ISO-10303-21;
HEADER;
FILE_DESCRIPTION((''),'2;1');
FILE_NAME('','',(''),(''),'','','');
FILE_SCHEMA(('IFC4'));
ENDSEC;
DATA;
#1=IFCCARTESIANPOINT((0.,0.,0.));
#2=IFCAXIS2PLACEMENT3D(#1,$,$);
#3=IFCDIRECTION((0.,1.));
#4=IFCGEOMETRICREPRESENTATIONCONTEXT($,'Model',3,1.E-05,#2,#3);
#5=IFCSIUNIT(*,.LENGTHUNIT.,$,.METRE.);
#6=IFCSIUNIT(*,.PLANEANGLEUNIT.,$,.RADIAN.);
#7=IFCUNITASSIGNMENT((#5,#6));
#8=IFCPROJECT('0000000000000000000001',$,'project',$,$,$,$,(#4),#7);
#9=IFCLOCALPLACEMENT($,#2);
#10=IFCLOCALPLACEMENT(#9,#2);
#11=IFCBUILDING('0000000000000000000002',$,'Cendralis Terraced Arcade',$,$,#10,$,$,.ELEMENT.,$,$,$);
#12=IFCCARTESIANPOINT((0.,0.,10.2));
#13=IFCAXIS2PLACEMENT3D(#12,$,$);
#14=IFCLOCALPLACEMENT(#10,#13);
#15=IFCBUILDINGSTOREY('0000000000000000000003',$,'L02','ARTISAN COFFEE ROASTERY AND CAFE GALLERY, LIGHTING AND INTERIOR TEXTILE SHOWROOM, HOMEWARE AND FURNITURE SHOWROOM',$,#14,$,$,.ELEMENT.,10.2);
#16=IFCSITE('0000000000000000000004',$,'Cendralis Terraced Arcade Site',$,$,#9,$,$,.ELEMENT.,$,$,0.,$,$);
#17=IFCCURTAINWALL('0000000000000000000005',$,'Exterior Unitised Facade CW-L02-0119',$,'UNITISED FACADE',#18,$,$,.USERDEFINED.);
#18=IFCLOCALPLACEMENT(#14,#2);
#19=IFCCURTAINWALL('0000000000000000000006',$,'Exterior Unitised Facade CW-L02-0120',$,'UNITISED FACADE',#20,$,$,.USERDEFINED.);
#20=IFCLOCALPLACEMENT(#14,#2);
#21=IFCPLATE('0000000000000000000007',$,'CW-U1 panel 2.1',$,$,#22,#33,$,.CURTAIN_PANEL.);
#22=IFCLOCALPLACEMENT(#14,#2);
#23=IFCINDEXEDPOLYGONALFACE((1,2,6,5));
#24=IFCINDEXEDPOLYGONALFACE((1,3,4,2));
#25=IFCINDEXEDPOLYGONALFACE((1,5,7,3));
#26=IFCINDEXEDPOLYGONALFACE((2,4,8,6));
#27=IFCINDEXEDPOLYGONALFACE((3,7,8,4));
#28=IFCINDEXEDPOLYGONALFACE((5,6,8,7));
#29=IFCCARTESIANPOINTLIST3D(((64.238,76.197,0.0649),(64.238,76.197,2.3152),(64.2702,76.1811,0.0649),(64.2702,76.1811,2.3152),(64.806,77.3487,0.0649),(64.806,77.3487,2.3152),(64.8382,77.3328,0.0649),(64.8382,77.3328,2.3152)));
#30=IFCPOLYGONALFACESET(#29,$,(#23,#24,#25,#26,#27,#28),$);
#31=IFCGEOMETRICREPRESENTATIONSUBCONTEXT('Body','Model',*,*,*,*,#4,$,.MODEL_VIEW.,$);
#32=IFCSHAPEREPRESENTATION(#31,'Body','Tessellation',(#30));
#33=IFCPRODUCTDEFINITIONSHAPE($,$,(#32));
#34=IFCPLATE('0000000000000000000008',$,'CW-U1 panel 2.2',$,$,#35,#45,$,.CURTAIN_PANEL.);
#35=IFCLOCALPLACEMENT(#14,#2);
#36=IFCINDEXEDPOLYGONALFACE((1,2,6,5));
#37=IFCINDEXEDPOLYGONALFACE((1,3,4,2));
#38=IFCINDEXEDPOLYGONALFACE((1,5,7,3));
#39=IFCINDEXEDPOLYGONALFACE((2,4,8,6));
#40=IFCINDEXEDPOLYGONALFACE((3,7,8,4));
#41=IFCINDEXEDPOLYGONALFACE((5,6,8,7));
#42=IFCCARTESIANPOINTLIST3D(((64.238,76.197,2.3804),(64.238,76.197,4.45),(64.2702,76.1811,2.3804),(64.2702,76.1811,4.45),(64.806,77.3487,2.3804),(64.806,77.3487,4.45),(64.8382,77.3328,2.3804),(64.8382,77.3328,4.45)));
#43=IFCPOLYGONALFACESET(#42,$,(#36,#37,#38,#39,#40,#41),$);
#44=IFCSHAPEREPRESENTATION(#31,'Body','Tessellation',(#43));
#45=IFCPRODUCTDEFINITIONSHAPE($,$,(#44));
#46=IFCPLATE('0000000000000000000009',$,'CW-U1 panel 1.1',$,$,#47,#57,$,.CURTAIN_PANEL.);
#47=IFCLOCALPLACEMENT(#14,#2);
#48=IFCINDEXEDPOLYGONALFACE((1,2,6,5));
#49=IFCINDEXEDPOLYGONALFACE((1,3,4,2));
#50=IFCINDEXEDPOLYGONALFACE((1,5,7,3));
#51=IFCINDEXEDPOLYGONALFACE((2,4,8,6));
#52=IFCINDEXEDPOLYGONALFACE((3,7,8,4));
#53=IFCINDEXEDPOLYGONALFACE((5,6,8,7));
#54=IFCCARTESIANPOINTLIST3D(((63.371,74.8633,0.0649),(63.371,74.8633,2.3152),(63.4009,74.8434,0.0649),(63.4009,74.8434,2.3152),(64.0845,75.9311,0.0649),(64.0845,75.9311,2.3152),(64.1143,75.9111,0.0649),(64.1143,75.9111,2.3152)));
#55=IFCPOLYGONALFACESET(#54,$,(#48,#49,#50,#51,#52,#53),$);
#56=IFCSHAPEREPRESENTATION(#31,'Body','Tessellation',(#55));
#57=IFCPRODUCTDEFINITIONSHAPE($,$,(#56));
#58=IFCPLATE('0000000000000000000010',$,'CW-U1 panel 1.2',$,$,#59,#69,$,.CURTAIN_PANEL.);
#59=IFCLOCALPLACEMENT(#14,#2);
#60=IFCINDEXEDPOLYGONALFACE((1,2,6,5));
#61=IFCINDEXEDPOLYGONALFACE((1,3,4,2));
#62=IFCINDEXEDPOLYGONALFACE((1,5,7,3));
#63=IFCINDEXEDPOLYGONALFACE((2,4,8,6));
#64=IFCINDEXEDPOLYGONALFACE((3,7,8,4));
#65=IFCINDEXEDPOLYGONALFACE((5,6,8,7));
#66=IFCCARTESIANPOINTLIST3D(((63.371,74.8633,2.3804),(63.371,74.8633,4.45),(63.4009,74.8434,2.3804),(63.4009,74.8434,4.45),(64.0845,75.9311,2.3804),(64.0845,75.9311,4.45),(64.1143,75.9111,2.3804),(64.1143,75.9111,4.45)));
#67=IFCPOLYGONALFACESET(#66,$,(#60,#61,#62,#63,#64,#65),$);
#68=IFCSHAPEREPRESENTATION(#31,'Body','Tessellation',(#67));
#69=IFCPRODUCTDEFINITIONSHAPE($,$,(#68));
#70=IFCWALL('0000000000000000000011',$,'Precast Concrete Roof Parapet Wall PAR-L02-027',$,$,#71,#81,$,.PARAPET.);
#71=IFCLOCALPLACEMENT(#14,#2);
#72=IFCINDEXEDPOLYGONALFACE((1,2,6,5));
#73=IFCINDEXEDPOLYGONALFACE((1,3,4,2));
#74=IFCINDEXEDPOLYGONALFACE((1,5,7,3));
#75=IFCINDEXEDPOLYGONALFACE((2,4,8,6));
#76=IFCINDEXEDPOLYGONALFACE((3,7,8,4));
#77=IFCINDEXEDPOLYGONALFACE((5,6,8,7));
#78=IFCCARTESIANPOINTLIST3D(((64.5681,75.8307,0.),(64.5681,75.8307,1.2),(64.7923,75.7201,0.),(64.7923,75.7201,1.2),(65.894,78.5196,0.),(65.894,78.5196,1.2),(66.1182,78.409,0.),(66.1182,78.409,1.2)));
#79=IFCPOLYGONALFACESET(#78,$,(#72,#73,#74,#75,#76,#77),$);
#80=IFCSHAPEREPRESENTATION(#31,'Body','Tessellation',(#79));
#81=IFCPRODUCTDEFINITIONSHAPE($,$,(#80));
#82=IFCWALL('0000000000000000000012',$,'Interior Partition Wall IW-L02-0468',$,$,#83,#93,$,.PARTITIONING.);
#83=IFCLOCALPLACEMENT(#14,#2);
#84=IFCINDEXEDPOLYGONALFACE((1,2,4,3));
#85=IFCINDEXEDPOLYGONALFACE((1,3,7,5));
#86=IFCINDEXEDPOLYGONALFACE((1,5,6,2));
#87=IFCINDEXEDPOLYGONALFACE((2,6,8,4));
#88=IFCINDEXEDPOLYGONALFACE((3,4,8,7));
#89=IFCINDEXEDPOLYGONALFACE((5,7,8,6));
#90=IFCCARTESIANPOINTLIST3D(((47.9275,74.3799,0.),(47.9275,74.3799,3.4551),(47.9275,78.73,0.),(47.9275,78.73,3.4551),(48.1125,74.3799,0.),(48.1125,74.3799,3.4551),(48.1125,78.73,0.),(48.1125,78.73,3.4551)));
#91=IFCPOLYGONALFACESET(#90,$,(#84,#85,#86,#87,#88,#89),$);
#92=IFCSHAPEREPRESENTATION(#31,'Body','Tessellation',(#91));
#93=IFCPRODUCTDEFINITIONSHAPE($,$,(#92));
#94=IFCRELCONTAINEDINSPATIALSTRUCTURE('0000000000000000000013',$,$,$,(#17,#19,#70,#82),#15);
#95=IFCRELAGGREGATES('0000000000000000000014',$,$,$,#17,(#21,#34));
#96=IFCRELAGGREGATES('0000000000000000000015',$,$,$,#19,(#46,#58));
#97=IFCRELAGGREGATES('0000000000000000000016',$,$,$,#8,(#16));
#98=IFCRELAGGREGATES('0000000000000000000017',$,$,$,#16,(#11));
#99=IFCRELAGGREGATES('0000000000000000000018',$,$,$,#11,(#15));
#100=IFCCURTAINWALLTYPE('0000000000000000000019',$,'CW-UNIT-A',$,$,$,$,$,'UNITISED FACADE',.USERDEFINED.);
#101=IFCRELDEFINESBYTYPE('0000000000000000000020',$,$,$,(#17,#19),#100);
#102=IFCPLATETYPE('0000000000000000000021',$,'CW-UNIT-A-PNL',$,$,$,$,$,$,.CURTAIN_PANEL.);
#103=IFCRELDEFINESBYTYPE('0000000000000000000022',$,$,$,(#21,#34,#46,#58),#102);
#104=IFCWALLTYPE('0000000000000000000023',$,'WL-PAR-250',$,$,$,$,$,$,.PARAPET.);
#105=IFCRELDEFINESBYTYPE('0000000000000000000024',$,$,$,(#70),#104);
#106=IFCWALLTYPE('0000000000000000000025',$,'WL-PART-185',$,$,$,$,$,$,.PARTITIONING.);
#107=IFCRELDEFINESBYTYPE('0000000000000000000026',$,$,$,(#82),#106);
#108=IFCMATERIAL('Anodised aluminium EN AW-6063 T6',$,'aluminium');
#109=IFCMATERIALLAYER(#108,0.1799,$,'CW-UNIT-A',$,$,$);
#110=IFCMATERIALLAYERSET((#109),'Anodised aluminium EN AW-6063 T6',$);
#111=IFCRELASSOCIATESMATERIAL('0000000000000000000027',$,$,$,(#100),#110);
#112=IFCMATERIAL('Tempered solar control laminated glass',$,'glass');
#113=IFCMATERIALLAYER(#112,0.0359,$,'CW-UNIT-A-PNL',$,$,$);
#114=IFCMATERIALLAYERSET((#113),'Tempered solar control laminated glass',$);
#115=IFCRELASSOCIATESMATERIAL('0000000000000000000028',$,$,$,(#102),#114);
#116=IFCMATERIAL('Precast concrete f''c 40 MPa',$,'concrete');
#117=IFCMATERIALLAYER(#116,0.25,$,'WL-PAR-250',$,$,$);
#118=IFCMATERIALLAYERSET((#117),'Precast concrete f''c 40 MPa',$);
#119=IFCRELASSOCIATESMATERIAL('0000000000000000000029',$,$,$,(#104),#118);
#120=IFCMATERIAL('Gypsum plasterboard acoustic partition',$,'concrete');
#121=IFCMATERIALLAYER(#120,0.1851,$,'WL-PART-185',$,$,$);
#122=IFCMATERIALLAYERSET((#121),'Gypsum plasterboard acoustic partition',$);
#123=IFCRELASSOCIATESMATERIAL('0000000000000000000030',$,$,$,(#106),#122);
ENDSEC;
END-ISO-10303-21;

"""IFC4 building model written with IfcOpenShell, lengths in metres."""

from ifc_helpers import new_model, si_unit, direction, frame, frame_2d, origin, origin_2d, place, context, subcontext, project, spatial, rectangle, extrude, material, layer, layer_set, type_object, element, aggregate, save


model = new_model("IFC4")

# Units and contexts
model_context = context("Model", 3, precision=1e-05, world=origin(), true_north=direction((0.0, 1.0)))
body_context = subcontext(model_context, "Body", "Model", "MODEL_VIEW")
ifc_project = project(units=[si_unit("LENGTHUNIT", "METRE"), si_unit("PLANEANGLEUNIT", "RADIAN")], contexts=[model_context])

# Site, building, storey
site_placement = place(None, origin())
site = spatial("IfcSite", under=ifc_project, at=site_placement, Name="Cendralis Terraced Arcade Site", CompositionType="ELEMENT", RefElevation=0.0)
building_placement = place(site_placement, origin())
building = spatial("IfcBuilding", under=site, at=building_placement, Name="Cendralis Terraced Arcade", CompositionType="ELEMENT")
storey_placement = place(building_placement, frame((0.0, 0.0, 10.2)))
storey = spatial("IfcBuildingStorey", under=building, at=storey_placement, Name="L02", Description="ARTISAN COFFEE ROASTERY AND CAFE GALLERY, LIGHTING AND INTERIOR TEXTILE SHOWROOM, HOMEWARE AND FURNITURE SHOWROOM", CompositionType="ELEMENT", Elevation=10.2)

# Curtain wall
ifc_material_1 = material(Name="Anodised aluminium EN AW-6063 T6", Category="aluminium")
ifc_layer_1 = layer(ifc_material_1, 0.1799, Name="CW-UNIT-A")
ifc_layer_set_1 = layer_set([ifc_layer_1], Name="Anodised aluminium EN AW-6063 T6")
curtain_wall_type = type_object("IfcCurtainWallType", Name="CW-UNIT-A", ElementType="UNITISED FACADE", PredefinedType="USERDEFINED", material=ifc_layer_set_1)
curtain_wall_1_placement = place(storey_placement, origin())
curtain_wall_1 = element("IfcCurtainWall", 1, at=curtain_wall_1_placement, inside=storey, type_object=curtain_wall_type, Name="Exterior Unitised Facade CW-L02-0119", ObjectType="UNITISED FACADE", PredefinedType="USERDEFINED")

# Curtain wall
curtain_wall_2_placement = place(storey_placement, origin())
curtain_wall_2 = element("IfcCurtainWall", 2, at=curtain_wall_2_placement, inside=storey, type_object=curtain_wall_type, Name="Exterior Unitised Facade CW-L02-0120", ObjectType="UNITISED FACADE", PredefinedType="USERDEFINED")

# Plates
ifc_material_2 = material(Name="Tempered solar control laminated glass", Category="glass")
ifc_layer_2 = layer(ifc_material_2, 0.0359, Name="CW-UNIT-A-PNL")
ifc_layer_set_2 = layer_set([ifc_layer_2], Name="Tempered solar control laminated glass")
plate_type = type_object("IfcPlateType", Name="CW-UNIT-A-PNL", PredefinedType="CURTAIN_PANEL", material=ifc_layer_set_2)
plate_1_placement = place(storey_placement, frame((64.5381, 76.7649, 0.0649), z_axis=(0.0, 0.0, 1.0), x_axis=(-0.442285, -0.896875, 0.0)))
plate_1 = element("IfcPlate", 3, at=plate_1_placement, type_object=plate_type, Name="CW-U1 panel 2.1", PredefinedType="CURTAIN_PANEL", context=body_context, shape_type="SweptSolid", body=[
    extrude(rectangle(XDim=1.2842, YDim=0.0359, at=origin_2d()), origin(), (0.0, 0.0, 1.0), 2.2502),
])
plate_2_placement = place(storey_placement, frame((64.5381, 76.7649, 2.3804), z_axis=(0.0, 0.0, 1.0), x_axis=(-0.442285, -0.896875, 0.0)))
plate_2 = element("IfcPlate", 4, at=plate_2_placement, type_object=plate_type, Name="CW-U1 panel 2.2", PredefinedType="CURTAIN_PANEL", context=body_context, shape_type="SweptSolid", body=[
    extrude(rectangle(XDim=1.2842, YDim=0.0359, at=origin_2d()), origin(), (0.0, 0.0, 1.0), 2.0696),
])
aggregate(curtain_wall_1, [plate_1, plate_2])
plate_3_placement = place(storey_placement, frame((63.7427, 75.3872, 0.0649), z_axis=(0.0, 0.0, 1.0), x_axis=(-0.55556, -0.831476, 0.0)))
plate_3 = element("IfcPlate", 5, at=plate_3_placement, type_object=plate_type, Name="CW-U1 panel 1.1", PredefinedType="CURTAIN_PANEL", context=body_context, shape_type="SweptSolid", body=[
    extrude(rectangle(XDim=1.2842, YDim=0.0359, at=origin_2d()), origin(), (0.0, 0.0, 1.0), 2.2502),
])
plate_4_placement = place(storey_placement, frame((63.7427, 75.3872, 2.3804), z_axis=(0.0, 0.0, 1.0), x_axis=(-0.55556, -0.831476, 0.0)))
plate_4 = element("IfcPlate", 6, at=plate_4_placement, type_object=plate_type, Name="CW-U1 panel 1.2", PredefinedType="CURTAIN_PANEL", context=body_context, shape_type="SweptSolid", body=[
    extrude(rectangle(XDim=1.2842, YDim=0.0359, at=origin_2d()), origin(), (0.0, 0.0, 1.0), 2.0696),
])
aggregate(curtain_wall_2, [plate_3, plate_4])

# Walls
ifc_material_3 = material(Name="Precast concrete f'c 40 MPa", Category="concrete")
ifc_layer_3 = layer(ifc_material_3, 0.25, Name="WL-PAR-250")
ifc_layer_set_3 = layer_set([ifc_layer_3], Name="Precast concrete f'c 40 MPa")
wall_type_1 = type_object("IfcWallType", Name="WL-PAR-250", PredefinedType="PARAPET", material=ifc_layer_set_3)
wall_1_placement = place(storey_placement, frame((64.6802, 75.7754, 0.0), z_axis=(0.0, 0.0, 1.0), x_axis=(0.442256, 0.896889, 0.0)))
element("IfcWall", 7, at=wall_1_placement, inside=storey, type_object=wall_type_1, Name="Precast Concrete Roof Parapet Wall PAR-L02-027", PredefinedType="PARAPET", context=body_context, shape_type="SweptSolid", body=[
    extrude(rectangle(XDim=2.998, YDim=0.25, at=frame_2d((1.499, 0.0))), origin(), (0.0, 0.0, 1.0), 1.2),
])
ifc_material_4 = material(Name="Gypsum plasterboard acoustic partition", Category="concrete")
ifc_layer_4 = layer(ifc_material_4, 0.1851, Name="WL-PART-185")
ifc_layer_set_4 = layer_set([ifc_layer_4], Name="Gypsum plasterboard acoustic partition")
wall_type_2 = type_object("IfcWallType", Name="WL-PART-185", PredefinedType="PARTITIONING", material=ifc_layer_set_4)
wall_2_placement = place(storey_placement, frame((48.02, 78.73, 0.0), z_axis=(0.0, 0.0, 1.0), x_axis=(0.0, -1.0, 0.0)))
element("IfcWall", 8, at=wall_2_placement, inside=storey, type_object=wall_type_2, Name="Interior Partition Wall IW-L02-0468", PredefinedType="PARTITIONING", context=body_context, shape_type="SweptSolid", body=[
    extrude(rectangle(XDim=4.3501, YDim=0.1851, at=frame_2d((2.175, 0.0))), origin(), (0.0, 0.0, 1.0), 3.4551),
])

save(model, "model.ifc")
